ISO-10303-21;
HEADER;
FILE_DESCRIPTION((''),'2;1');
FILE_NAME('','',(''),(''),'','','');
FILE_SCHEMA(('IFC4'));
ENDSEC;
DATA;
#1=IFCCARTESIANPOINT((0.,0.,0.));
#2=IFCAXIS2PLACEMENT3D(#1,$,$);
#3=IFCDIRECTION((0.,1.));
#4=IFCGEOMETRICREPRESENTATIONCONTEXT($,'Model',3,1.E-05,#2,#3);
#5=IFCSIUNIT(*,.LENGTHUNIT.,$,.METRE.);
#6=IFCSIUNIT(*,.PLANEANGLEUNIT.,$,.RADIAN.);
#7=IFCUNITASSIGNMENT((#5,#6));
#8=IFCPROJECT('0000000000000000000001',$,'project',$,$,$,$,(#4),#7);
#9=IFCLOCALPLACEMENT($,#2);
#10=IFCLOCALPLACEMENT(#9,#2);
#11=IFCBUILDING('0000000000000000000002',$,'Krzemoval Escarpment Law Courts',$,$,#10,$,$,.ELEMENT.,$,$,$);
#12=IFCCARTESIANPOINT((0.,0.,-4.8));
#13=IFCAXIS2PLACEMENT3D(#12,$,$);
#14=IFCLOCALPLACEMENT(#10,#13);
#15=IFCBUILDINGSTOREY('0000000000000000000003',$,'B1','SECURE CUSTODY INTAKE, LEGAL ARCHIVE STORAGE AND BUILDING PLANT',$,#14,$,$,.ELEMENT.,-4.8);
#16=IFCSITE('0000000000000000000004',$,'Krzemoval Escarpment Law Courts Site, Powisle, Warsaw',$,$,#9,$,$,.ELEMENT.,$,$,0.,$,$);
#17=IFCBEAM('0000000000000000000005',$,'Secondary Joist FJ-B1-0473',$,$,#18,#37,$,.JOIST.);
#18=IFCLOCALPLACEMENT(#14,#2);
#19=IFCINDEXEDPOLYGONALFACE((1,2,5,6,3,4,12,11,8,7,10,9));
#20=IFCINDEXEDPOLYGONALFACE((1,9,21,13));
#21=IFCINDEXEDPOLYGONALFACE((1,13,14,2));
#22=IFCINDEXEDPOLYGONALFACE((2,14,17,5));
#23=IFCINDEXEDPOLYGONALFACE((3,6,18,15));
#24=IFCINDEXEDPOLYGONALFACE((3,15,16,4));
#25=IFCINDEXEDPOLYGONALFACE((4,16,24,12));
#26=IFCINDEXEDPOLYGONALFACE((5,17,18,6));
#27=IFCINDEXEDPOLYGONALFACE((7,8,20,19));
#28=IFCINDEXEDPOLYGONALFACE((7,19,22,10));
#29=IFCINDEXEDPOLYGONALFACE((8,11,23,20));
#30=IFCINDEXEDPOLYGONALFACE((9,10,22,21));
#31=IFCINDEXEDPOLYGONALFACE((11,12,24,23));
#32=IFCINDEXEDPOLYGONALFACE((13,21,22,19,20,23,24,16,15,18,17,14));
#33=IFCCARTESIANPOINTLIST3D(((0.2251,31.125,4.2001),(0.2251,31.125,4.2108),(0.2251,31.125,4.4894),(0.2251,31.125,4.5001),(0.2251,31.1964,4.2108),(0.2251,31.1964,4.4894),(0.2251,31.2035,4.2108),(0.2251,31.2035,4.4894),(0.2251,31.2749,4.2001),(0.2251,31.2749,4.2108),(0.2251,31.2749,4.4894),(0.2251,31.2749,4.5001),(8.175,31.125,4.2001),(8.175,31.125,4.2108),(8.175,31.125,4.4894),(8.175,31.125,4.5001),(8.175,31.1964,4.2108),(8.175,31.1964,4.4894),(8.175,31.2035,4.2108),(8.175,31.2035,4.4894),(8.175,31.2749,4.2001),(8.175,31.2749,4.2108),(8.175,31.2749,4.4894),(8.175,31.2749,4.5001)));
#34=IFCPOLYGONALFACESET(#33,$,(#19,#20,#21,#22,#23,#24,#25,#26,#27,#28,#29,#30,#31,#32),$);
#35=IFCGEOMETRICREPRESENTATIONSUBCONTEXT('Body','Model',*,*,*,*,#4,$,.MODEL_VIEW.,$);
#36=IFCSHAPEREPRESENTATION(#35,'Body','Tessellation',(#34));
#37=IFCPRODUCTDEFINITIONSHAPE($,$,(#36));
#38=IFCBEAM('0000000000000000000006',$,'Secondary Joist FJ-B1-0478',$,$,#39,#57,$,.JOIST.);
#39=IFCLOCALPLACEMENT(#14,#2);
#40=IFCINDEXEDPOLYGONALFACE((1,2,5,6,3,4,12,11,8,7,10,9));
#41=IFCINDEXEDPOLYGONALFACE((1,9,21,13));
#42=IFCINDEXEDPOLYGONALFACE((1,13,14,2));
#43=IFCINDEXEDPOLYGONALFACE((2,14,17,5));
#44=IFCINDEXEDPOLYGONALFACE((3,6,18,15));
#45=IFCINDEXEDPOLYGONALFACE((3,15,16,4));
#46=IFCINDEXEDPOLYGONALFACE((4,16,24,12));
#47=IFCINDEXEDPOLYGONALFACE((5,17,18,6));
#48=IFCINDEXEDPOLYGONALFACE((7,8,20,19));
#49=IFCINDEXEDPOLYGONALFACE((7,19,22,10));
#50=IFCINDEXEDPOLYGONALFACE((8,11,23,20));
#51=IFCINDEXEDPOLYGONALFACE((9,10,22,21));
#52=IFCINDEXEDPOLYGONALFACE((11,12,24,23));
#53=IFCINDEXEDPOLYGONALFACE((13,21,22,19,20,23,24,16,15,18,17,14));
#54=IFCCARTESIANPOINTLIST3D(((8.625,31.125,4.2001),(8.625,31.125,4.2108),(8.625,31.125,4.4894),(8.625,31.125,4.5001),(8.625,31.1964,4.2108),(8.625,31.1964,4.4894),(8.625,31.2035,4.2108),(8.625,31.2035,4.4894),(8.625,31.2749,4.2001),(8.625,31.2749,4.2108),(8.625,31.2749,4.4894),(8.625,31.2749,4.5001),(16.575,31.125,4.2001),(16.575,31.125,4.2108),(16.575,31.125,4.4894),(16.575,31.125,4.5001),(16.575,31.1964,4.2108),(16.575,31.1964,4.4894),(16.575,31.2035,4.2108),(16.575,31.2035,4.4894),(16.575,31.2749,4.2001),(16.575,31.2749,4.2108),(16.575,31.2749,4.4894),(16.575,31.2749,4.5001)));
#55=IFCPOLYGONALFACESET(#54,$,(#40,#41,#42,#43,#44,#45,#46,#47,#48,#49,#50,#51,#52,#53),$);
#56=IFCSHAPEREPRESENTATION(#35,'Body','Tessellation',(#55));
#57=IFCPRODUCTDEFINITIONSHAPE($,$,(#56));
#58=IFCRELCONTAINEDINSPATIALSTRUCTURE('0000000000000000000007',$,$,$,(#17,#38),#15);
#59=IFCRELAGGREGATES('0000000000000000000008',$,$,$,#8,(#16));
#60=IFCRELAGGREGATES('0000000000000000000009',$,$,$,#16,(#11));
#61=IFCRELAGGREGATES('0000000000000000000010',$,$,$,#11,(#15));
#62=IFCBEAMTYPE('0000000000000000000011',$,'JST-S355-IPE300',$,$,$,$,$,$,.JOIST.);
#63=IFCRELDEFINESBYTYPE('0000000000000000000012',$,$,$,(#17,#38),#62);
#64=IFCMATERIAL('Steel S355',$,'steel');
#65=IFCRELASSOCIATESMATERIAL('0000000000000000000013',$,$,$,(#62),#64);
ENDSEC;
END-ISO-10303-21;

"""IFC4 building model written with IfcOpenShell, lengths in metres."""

from ifc_helpers import new_model, si_unit, direction, frame, origin, origin_2d, place, context, subcontext, project, spatial, i_section, extrude, material, material_profile, profile_set, type_object, element, save


model = new_model("IFC4")

# Units and contexts
model_context = context("Model", 3, precision=1e-05, world=origin(), true_north=direction((0.0, 1.0)))
body_context = subcontext(model_context, "Body", "Model", "MODEL_VIEW")
ifc_project = project(units=[si_unit("LENGTHUNIT", "METRE"), si_unit("PLANEANGLEUNIT", "RADIAN")], contexts=[model_context])

# Site, building, storey
site_placement = place(None, origin())
site = spatial("IfcSite", under=ifc_project, at=site_placement, Name="Krzemoval Escarpment Law Courts Site, Powisle, Warsaw", CompositionType="ELEMENT", RefElevation=0.0)
building_placement = place(site_placement, origin())
building = spatial("IfcBuilding", under=site, at=building_placement, Name="Krzemoval Escarpment Law Courts", CompositionType="ELEMENT")
storey_placement = place(building_placement, frame((0.0, 0.0, -4.8)))
storey = spatial("IfcBuildingStorey", under=building, at=storey_placement, Name="B1", Description="SECURE CUSTODY INTAKE, LEGAL ARCHIVE STORAGE AND BUILDING PLANT", CompositionType="ELEMENT", Elevation=-4.8)

# Beams
ifc_material_1 = material(Name="Steel S355", Category="steel")
ifc_material_profile_1 = material_profile(ifc_material_1, i_section(OverallWidth=0.1499, OverallDepth=0.3, WebThickness=0.0071, FlangeThickness=0.0107, at=origin_2d()), Name="IPE 300")
ifc_profile_set_1 = profile_set([ifc_material_profile_1], Name="Steel S355")
beam_type_1 = type_object("IfcBeamType", Name="JST-S355-IPE300", PredefinedType="JOIST", material=ifc_profile_set_1)
for number, where, z_axis, x_axis, name in (
    (1, (0.2251, 31.2, 4.3501), (1.0, 0.0, 0.0), (0.0, 1.0, 0.0), "Secondary Joist FJ-B1-0473"),
    (2, (8.625, 31.2, 4.3501), (1.0, 0.0, 0.0), (0.0, 1.0, 0.0), "Secondary Joist FJ-B1-0478"),
):
    element("IfcBeam", number, at=place(storey_placement, frame(where, z_axis=z_axis, x_axis=x_axis)), inside=storey, type_object=beam_type_1, Name=name, PredefinedType="JOIST", context=body_context, shape_type="SweptSolid", body=[
        extrude(i_section(OverallWidth=0.1499, OverallDepth=0.3, WebThickness=0.0071, FlangeThickness=0.0107, at=origin_2d()), origin(), (0.0, 0.0, 1.0), 7.95),
    ])

save(model, "model.ifc")
